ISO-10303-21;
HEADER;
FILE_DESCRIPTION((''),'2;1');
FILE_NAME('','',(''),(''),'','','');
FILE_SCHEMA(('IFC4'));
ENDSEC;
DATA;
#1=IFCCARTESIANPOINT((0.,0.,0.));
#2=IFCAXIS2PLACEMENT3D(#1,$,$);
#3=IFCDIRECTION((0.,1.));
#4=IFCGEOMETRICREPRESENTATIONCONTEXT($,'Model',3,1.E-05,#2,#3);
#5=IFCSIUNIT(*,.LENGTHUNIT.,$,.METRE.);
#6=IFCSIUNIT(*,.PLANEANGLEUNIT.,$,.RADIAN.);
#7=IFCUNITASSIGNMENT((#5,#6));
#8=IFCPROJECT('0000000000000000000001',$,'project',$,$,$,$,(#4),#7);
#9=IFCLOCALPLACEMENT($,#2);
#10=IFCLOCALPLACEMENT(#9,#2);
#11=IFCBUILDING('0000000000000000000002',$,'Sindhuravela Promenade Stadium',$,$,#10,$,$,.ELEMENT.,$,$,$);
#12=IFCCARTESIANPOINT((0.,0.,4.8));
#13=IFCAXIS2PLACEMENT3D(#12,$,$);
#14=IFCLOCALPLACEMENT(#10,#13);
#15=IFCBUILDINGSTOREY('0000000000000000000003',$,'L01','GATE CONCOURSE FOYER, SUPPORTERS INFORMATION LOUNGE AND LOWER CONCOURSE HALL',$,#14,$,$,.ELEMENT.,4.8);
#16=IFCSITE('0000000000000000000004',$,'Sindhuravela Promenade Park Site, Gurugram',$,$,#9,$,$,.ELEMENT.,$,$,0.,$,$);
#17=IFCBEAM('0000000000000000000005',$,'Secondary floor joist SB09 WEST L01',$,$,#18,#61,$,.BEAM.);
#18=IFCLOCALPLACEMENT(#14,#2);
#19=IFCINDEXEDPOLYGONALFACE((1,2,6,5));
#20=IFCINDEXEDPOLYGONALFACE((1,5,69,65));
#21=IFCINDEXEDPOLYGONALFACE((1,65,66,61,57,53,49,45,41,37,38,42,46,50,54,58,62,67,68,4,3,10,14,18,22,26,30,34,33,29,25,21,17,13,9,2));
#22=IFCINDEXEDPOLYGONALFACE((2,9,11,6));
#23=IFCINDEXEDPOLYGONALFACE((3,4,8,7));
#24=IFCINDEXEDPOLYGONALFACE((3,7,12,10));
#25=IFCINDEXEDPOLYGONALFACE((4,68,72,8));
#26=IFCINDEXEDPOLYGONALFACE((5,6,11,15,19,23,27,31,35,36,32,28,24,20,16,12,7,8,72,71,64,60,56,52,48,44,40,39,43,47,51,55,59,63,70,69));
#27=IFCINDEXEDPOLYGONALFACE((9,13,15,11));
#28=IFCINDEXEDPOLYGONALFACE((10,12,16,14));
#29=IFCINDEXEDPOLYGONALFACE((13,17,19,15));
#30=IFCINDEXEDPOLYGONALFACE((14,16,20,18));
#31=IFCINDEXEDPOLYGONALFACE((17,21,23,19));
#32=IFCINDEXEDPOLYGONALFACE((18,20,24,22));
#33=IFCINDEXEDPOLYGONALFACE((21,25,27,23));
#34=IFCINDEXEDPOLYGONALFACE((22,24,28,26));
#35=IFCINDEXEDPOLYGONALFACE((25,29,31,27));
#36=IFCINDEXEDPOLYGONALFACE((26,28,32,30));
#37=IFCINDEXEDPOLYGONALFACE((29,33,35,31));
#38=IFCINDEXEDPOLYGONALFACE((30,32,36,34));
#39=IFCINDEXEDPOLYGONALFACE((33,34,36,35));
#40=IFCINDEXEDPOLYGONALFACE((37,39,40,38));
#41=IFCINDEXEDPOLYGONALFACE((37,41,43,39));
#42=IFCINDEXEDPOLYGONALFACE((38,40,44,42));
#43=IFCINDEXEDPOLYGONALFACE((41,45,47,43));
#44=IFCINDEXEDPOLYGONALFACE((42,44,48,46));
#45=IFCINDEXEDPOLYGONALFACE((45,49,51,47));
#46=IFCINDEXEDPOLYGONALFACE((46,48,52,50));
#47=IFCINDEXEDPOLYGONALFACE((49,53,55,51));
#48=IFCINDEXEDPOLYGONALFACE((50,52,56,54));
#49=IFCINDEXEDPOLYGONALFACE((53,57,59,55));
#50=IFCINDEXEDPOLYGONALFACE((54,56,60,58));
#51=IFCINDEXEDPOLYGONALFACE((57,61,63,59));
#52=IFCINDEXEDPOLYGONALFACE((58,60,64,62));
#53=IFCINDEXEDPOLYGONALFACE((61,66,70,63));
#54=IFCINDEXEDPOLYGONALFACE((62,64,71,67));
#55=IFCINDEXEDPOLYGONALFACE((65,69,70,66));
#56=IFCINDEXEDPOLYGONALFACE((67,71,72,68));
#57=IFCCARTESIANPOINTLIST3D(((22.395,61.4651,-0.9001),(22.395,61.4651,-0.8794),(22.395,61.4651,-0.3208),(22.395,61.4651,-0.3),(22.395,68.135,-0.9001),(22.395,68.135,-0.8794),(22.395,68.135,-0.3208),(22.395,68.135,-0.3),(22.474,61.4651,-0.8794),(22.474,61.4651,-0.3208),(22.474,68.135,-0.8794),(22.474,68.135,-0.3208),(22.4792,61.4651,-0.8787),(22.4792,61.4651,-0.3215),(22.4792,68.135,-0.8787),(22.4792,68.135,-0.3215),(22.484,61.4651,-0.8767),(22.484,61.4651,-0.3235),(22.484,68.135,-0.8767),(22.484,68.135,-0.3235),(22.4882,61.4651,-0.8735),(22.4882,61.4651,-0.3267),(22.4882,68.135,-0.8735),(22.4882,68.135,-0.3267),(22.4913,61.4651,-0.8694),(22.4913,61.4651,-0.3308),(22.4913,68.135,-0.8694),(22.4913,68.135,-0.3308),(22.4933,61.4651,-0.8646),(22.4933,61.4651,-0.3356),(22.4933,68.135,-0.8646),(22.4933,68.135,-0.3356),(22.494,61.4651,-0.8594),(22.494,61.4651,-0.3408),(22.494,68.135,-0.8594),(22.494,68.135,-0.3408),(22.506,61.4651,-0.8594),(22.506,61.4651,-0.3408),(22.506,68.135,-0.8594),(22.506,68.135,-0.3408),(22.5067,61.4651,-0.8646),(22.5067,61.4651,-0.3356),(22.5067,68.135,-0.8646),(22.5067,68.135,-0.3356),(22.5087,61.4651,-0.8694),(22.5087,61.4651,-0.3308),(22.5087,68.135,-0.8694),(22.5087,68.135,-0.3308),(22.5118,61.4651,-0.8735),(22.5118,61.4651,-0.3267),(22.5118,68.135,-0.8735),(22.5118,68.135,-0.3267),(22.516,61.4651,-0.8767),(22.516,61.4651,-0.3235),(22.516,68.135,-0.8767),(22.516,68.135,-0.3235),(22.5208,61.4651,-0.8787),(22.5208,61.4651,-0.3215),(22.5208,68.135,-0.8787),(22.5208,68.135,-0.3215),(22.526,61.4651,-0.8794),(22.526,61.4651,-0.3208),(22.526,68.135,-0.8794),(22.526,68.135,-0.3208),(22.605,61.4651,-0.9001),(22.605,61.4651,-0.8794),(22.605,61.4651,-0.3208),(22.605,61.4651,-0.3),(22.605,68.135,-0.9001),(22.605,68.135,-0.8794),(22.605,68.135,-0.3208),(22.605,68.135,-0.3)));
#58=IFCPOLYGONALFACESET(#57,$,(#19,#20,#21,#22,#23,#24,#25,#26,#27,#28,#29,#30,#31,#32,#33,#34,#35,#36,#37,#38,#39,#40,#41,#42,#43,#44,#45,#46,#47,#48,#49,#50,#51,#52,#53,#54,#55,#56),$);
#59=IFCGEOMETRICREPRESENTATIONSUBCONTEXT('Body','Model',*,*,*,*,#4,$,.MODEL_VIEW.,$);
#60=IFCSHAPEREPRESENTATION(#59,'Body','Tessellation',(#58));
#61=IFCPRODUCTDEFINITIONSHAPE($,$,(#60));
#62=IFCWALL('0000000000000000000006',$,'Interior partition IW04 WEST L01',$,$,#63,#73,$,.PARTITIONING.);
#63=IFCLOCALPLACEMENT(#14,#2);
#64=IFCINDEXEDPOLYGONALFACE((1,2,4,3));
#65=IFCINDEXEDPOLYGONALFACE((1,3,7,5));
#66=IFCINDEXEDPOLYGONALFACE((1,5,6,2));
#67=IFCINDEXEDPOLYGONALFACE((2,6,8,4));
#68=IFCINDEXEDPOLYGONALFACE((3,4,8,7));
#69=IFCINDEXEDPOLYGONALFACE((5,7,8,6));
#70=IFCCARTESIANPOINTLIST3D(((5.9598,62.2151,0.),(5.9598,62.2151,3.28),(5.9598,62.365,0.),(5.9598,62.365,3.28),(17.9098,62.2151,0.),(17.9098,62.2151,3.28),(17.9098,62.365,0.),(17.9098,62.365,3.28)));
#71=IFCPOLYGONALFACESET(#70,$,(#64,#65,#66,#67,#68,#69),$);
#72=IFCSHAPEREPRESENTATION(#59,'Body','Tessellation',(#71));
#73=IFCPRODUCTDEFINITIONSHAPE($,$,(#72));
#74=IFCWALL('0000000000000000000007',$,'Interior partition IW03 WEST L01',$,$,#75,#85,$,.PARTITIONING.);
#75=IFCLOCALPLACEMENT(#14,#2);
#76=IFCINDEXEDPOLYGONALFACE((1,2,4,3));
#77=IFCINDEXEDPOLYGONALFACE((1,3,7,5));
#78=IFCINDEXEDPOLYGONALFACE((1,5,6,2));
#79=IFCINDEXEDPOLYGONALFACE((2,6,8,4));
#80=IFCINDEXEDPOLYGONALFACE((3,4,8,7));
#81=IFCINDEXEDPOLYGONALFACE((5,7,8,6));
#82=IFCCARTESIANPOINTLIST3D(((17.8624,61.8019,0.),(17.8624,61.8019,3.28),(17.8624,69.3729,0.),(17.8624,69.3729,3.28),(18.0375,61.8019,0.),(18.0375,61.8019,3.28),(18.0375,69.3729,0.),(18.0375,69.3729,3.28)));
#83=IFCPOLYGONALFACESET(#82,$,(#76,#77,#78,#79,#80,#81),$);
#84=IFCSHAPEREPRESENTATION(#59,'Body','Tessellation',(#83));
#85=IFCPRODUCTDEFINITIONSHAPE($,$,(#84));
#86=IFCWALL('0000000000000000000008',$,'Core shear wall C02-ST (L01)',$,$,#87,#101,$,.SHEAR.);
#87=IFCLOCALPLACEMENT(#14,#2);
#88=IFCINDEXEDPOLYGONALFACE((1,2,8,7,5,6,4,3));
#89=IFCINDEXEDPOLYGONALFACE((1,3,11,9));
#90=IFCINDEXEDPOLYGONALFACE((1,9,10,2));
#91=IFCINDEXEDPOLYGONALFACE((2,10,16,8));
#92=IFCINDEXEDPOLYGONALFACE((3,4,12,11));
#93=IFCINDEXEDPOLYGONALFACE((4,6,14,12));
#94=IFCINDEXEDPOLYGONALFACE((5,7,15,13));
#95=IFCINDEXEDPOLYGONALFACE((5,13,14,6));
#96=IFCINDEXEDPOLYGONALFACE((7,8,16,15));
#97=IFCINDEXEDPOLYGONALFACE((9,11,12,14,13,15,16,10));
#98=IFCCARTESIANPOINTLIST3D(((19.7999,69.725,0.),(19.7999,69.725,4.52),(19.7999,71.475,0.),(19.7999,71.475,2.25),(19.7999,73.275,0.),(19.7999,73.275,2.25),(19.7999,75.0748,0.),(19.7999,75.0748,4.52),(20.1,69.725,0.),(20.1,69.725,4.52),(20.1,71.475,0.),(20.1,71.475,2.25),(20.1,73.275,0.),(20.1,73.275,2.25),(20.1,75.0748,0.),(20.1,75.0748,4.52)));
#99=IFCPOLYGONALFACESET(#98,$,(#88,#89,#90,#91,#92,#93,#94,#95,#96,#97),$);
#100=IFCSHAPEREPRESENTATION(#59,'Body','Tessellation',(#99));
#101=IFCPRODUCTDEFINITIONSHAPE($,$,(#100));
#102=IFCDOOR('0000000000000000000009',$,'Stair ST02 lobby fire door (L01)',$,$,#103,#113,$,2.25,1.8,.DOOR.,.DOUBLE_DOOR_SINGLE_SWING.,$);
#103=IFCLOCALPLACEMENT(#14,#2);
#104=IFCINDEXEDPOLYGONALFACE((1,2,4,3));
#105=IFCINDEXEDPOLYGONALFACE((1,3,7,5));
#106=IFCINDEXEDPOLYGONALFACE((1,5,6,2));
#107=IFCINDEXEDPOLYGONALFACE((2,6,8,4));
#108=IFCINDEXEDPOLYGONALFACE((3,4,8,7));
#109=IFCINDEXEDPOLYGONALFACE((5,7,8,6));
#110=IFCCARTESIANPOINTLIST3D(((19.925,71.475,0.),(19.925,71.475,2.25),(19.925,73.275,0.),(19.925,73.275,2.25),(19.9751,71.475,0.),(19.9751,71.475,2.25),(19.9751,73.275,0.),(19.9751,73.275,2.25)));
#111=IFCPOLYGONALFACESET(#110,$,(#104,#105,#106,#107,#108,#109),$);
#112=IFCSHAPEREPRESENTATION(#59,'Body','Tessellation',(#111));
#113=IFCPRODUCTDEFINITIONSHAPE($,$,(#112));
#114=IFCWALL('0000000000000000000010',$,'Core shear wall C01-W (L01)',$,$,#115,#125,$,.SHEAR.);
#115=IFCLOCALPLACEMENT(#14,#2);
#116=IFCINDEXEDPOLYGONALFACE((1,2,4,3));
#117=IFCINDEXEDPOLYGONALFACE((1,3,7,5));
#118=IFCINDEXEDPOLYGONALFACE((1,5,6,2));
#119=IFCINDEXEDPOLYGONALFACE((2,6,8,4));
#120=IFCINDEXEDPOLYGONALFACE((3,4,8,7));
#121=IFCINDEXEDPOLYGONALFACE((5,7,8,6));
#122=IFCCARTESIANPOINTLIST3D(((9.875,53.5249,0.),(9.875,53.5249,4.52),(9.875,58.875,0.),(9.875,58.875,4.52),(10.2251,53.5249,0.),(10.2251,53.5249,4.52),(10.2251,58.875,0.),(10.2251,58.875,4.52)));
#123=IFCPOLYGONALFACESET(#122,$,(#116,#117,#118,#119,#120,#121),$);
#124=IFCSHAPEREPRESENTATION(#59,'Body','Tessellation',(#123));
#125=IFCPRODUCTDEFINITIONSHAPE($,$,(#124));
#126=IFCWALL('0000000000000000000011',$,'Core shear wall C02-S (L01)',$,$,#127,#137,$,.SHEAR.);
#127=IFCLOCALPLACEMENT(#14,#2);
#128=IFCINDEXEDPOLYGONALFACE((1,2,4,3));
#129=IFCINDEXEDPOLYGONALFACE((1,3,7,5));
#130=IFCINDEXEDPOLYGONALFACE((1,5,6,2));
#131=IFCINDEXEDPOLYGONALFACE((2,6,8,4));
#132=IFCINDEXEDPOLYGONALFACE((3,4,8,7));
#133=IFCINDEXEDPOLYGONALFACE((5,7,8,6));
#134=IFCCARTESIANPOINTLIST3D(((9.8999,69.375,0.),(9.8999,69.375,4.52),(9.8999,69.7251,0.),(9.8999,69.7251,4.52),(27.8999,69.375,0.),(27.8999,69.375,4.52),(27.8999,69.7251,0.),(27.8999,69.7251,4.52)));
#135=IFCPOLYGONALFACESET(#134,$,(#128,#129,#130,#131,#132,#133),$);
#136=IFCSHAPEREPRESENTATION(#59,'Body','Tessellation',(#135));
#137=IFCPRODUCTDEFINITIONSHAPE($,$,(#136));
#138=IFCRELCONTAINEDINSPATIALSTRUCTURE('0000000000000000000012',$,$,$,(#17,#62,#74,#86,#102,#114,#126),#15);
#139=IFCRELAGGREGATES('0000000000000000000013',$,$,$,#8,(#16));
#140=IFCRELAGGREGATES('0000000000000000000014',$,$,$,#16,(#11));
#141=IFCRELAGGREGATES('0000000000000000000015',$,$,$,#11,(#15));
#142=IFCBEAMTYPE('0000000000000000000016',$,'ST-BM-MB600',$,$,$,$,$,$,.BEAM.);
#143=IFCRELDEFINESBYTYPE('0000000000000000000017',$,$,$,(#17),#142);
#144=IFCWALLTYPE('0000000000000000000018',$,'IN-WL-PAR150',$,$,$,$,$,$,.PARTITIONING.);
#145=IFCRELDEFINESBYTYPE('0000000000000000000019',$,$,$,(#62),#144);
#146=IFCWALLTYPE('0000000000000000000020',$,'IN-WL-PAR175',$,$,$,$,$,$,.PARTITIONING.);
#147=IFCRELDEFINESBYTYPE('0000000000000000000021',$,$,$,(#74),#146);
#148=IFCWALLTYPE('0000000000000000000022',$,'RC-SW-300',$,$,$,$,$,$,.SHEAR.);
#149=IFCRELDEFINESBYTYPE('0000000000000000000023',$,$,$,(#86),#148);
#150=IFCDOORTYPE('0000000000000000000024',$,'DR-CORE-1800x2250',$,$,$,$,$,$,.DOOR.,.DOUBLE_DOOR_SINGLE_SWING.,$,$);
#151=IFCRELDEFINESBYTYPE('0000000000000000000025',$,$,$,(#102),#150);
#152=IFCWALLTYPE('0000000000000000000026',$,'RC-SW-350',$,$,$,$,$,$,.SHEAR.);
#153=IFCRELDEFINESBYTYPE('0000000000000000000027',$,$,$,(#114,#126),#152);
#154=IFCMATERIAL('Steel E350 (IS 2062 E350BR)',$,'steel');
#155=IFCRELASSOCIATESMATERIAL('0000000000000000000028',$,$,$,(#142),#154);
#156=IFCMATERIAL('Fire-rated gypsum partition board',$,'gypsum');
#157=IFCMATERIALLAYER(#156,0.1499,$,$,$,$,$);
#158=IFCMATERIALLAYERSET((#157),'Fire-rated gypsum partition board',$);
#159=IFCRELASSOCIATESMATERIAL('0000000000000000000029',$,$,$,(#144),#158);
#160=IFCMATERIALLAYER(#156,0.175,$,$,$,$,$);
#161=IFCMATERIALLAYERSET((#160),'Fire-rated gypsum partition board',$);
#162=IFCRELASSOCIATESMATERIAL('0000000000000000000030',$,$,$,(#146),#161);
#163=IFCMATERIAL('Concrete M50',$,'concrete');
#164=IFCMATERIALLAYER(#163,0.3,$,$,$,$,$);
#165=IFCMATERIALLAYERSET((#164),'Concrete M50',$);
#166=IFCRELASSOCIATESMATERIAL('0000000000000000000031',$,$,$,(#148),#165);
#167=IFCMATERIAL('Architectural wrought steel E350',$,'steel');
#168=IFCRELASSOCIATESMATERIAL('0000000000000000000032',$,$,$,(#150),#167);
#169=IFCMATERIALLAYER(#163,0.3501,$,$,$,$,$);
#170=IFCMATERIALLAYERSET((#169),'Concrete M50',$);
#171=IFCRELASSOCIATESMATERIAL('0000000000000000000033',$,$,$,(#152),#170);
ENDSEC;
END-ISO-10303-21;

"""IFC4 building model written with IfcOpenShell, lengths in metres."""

from ifc_helpers import new_model, si_unit, direction, frame, frame_2d, origin, origin_2d, place, context, subcontext, project, spatial, rectangle, i_section, extrude, material, layer, layer_set, material_profile, profile_set, type_object, element, fill, save


model = new_model("IFC4")

# Units and contexts
model_context = context("Model", 3, precision=1e-05, world=origin(), true_north=direction((0.0, 1.0)))
body_context = subcontext(model_context, "Body", "Model", "MODEL_VIEW")
ifc_project = project(units=[si_unit("LENGTHUNIT", "METRE"), si_unit("PLANEANGLEUNIT", "RADIAN")], contexts=[model_context])

# Site, building, storey
site_placement = place(None, origin())
site = spatial("IfcSite", under=ifc_project, at=site_placement, Name="Sindhuravela Promenade Park Site, Gurugram", CompositionType="ELEMENT", RefElevation=0.0)
building_placement = place(site_placement, origin())
building = spatial("IfcBuilding", under=site, at=building_placement, Name="Sindhuravela Promenade Stadium", CompositionType="ELEMENT")
storey_placement = place(building_placement, frame((0.0, 0.0, 4.8)))
storey = spatial("IfcBuildingStorey", under=building, at=storey_placement, Name="L01", Description="GATE CONCOURSE FOYER, SUPPORTERS INFORMATION LOUNGE AND LOWER CONCOURSE HALL", CompositionType="ELEMENT", Elevation=4.8)

# Shared definitions
ifc_material_1 = material(Name="Concrete M50", Category="concrete")

# Beam
ifc_material_2 = material(Name="Steel E350 (IS 2062 E350BR)", Category="steel")
ifc_material_profile_1 = material_profile(ifc_material_2, i_section(OverallWidth=0.21, OverallDepth=0.6001, WebThickness=0.012, FlangeThickness=0.0208, FilletRadius=0.02, at=origin_2d()), Name="ISMB 600")
ifc_profile_set_1 = profile_set([ifc_material_profile_1], Name="Steel E350 (IS 2062 E350BR)")
beam_type_1 = type_object("IfcBeamType", Name="ST-BM-MB600", PredefinedType="BEAM", material=ifc_profile_set_1)
beam_1_placement = place(storey_placement, frame((22.5, 61.4651, -0.6001), z_axis=(0.0, 1.0, 0.0), x_axis=(-1.0, 0.0, 0.0)))
element("IfcBeam", 1, at=beam_1_placement, inside=storey, type_object=beam_type_1, Name="Secondary floor joist SB09 WEST L01", PredefinedType="BEAM", context=body_context, shape_type="SweptSolid", body=[
    extrude(i_section(OverallWidth=0.21, OverallDepth=0.6001, WebThickness=0.012, FlangeThickness=0.0208, FilletRadius=0.02, at=origin_2d()), origin(), (0.0, 0.0, 1.0), 6.6699),
])

# Wall
ifc_material_3 = material(Name="Fire-rated gypsum partition board", Category="gypsum")
ifc_layer_1 = layer(ifc_material_3, 0.1499)
ifc_layer_set_1 = layer_set([ifc_layer_1], Name="Fire-rated gypsum partition board")
wall_type_1 = type_object("IfcWallType", Name="IN-WL-PAR150", PredefinedType="PARTITIONING", material=ifc_layer_set_1)
wall_1_placement = place(storey_placement, frame((17.9099, 62.29, 0.0), z_axis=(0.0, 0.0, 1.0), x_axis=(-1.0, 0.0, 0.0)))
element("IfcWall", 2, at=wall_1_placement, inside=storey, type_object=wall_type_1, Name="Interior partition IW04 WEST L01", PredefinedType="PARTITIONING", context=body_context, shape_type="SweptSolid", body=[
    extrude(rectangle(XDim=11.95, YDim=0.1499, at=frame_2d((5.9751, 0.0))), origin(), (0.0, 0.0, 1.0), 3.28),
])

# Shared definitions
ifc_layer_2 = layer(ifc_material_3, 0.175)
ifc_layer_set_2 = layer_set([ifc_layer_2], Name="Fire-rated gypsum partition board")
wall_type_2 = type_object("IfcWallType", Name="IN-WL-PAR175", PredefinedType="PARTITIONING", material=ifc_layer_set_2)

# Wall
wall_2_placement = place(storey_placement, frame((17.95, 69.373, 0.0), z_axis=(0.0, 0.0, 1.0), x_axis=(0.0, -1.0, 0.0)))
element("IfcWall", 3, at=wall_2_placement, inside=storey, type_object=wall_type_2, Name="Interior partition IW03 WEST L01", PredefinedType="PARTITIONING", context=body_context, shape_type="SweptSolid", body=[
    extrude(rectangle(XDim=7.571, YDim=0.175, at=frame_2d((3.7856, 0.0))), origin(), (0.0, 0.0, 1.0), 3.28),
])

# Wall, opening, door
ifc_layer_3 = layer(ifc_material_1, 0.3)
ifc_layer_set_3 = layer_set([ifc_layer_3], Name="Concrete M50")
wall_type_3 = type_object("IfcWallType", Name="RC-SW-300", PredefinedType="SHEAR", material=ifc_layer_set_3)
wall_3_placement = place(storey_placement, frame((19.95, 69.7251, 0.0), z_axis=(0.0, 0.0, 1.0), x_axis=(0.0, 1.0, 0.0)))
wall_3 = element("IfcWall", 4, at=wall_3_placement, inside=storey, type_object=wall_type_3, Name="Core shear wall C02-ST (L01)", PredefinedType="SHEAR", context=body_context, shape_type="SweptSolid", body=[
    extrude(rectangle(XDim=5.3499, YDim=0.3, at=frame_2d((2.6748, 0.0))), origin(), (0.0, 0.0, 1.0), 4.52),
])
opening_1_placement = place(wall_3_placement, frame((1.75, 0.0, 0.0)))
opening_1 = element("IfcOpeningElement", 5, at=opening_1_placement, cuts=wall_3, PredefinedType="OPENING", context=body_context, shape_type="SweptSolid", body=[
    extrude(rectangle(XDim=1.8, YDim=2.25, at=frame_2d((0.8999, 1.125))), frame((0.0, 0.1599, 0.0), z_axis=(0.0, -1.0, 0.0), x_axis=(1.0, 0.0, 0.0)), (0.0, 0.0, 1.0), 0.3201),
])
ifc_material_4 = material(Name="Architectural wrought steel E350", Category="steel")
door_type_1 = type_object("IfcDoorType", Name="DR-CORE-1800x2250", OperationType="DOUBLE_DOOR_SINGLE_SWING", PredefinedType="DOOR", material=ifc_material_4)
door_1_placement = place(opening_1_placement, origin())
door_1 = element("IfcDoor", 6, at=door_1_placement, inside=storey, type_object=door_type_1, Name="Stair ST02 lobby fire door (L01)", OperationType="DOUBLE_DOOR_SINGLE_SWING", OverallHeight=2.25, OverallWidth=1.8, PredefinedType="DOOR", context=body_context, shape_type="SweptSolid", body=[
    extrude(rectangle(XDim=1.8, YDim=2.25, at=frame_2d((0.8999, 1.125))), frame((0.0, 0.0249, 0.0), z_axis=(0.0, -1.0, 0.0), x_axis=(1.0, 0.0, 0.0)), (0.0, 0.0, 1.0), 0.05),
])
fill(opening_1, door_1)

# Walls
ifc_layer_4 = layer(ifc_material_1, 0.3501)
ifc_layer_set_4 = layer_set([ifc_layer_4], Name="Concrete M50")
wall_type_4 = type_object("IfcWallType", Name="RC-SW-350", PredefinedType="SHEAR", material=ifc_layer_set_4)
wall_4_placement = place(storey_placement, frame((10.05, 58.875, 0.0), z_axis=(0.0, 0.0, 1.0), x_axis=(0.0, -1.0, 0.0)))
element("IfcWall", 7, at=wall_4_placement, inside=storey, type_object=wall_type_4, Name="Core shear wall C01-W (L01)", PredefinedType="SHEAR", context=body_context, shape_type="SweptSolid", body=[
    extrude(rectangle(XDim=5.3501, YDim=0.3501, at=frame_2d((2.675, 0.0))), origin(), (0.0, 0.0, 1.0), 4.52),
])
wall_5_placement = place(storey_placement, frame((9.8999, 69.55, 0.0), z_axis=(0.0, 0.0, 1.0), x_axis=(1.0, 0.0, 0.0)))
element("IfcWall", 8, at=wall_5_placement, inside=storey, type_object=wall_type_4, Name="Core shear wall C02-S (L01)", PredefinedType="SHEAR", context=body_context, shape_type="SweptSolid", body=[
    extrude(rectangle(XDim=18.0, YDim=0.3501, at=frame_2d((9.0, 0.0))), origin(), (0.0, 0.0, 1.0), 4.52),
])

save(model, "model.ifc")
